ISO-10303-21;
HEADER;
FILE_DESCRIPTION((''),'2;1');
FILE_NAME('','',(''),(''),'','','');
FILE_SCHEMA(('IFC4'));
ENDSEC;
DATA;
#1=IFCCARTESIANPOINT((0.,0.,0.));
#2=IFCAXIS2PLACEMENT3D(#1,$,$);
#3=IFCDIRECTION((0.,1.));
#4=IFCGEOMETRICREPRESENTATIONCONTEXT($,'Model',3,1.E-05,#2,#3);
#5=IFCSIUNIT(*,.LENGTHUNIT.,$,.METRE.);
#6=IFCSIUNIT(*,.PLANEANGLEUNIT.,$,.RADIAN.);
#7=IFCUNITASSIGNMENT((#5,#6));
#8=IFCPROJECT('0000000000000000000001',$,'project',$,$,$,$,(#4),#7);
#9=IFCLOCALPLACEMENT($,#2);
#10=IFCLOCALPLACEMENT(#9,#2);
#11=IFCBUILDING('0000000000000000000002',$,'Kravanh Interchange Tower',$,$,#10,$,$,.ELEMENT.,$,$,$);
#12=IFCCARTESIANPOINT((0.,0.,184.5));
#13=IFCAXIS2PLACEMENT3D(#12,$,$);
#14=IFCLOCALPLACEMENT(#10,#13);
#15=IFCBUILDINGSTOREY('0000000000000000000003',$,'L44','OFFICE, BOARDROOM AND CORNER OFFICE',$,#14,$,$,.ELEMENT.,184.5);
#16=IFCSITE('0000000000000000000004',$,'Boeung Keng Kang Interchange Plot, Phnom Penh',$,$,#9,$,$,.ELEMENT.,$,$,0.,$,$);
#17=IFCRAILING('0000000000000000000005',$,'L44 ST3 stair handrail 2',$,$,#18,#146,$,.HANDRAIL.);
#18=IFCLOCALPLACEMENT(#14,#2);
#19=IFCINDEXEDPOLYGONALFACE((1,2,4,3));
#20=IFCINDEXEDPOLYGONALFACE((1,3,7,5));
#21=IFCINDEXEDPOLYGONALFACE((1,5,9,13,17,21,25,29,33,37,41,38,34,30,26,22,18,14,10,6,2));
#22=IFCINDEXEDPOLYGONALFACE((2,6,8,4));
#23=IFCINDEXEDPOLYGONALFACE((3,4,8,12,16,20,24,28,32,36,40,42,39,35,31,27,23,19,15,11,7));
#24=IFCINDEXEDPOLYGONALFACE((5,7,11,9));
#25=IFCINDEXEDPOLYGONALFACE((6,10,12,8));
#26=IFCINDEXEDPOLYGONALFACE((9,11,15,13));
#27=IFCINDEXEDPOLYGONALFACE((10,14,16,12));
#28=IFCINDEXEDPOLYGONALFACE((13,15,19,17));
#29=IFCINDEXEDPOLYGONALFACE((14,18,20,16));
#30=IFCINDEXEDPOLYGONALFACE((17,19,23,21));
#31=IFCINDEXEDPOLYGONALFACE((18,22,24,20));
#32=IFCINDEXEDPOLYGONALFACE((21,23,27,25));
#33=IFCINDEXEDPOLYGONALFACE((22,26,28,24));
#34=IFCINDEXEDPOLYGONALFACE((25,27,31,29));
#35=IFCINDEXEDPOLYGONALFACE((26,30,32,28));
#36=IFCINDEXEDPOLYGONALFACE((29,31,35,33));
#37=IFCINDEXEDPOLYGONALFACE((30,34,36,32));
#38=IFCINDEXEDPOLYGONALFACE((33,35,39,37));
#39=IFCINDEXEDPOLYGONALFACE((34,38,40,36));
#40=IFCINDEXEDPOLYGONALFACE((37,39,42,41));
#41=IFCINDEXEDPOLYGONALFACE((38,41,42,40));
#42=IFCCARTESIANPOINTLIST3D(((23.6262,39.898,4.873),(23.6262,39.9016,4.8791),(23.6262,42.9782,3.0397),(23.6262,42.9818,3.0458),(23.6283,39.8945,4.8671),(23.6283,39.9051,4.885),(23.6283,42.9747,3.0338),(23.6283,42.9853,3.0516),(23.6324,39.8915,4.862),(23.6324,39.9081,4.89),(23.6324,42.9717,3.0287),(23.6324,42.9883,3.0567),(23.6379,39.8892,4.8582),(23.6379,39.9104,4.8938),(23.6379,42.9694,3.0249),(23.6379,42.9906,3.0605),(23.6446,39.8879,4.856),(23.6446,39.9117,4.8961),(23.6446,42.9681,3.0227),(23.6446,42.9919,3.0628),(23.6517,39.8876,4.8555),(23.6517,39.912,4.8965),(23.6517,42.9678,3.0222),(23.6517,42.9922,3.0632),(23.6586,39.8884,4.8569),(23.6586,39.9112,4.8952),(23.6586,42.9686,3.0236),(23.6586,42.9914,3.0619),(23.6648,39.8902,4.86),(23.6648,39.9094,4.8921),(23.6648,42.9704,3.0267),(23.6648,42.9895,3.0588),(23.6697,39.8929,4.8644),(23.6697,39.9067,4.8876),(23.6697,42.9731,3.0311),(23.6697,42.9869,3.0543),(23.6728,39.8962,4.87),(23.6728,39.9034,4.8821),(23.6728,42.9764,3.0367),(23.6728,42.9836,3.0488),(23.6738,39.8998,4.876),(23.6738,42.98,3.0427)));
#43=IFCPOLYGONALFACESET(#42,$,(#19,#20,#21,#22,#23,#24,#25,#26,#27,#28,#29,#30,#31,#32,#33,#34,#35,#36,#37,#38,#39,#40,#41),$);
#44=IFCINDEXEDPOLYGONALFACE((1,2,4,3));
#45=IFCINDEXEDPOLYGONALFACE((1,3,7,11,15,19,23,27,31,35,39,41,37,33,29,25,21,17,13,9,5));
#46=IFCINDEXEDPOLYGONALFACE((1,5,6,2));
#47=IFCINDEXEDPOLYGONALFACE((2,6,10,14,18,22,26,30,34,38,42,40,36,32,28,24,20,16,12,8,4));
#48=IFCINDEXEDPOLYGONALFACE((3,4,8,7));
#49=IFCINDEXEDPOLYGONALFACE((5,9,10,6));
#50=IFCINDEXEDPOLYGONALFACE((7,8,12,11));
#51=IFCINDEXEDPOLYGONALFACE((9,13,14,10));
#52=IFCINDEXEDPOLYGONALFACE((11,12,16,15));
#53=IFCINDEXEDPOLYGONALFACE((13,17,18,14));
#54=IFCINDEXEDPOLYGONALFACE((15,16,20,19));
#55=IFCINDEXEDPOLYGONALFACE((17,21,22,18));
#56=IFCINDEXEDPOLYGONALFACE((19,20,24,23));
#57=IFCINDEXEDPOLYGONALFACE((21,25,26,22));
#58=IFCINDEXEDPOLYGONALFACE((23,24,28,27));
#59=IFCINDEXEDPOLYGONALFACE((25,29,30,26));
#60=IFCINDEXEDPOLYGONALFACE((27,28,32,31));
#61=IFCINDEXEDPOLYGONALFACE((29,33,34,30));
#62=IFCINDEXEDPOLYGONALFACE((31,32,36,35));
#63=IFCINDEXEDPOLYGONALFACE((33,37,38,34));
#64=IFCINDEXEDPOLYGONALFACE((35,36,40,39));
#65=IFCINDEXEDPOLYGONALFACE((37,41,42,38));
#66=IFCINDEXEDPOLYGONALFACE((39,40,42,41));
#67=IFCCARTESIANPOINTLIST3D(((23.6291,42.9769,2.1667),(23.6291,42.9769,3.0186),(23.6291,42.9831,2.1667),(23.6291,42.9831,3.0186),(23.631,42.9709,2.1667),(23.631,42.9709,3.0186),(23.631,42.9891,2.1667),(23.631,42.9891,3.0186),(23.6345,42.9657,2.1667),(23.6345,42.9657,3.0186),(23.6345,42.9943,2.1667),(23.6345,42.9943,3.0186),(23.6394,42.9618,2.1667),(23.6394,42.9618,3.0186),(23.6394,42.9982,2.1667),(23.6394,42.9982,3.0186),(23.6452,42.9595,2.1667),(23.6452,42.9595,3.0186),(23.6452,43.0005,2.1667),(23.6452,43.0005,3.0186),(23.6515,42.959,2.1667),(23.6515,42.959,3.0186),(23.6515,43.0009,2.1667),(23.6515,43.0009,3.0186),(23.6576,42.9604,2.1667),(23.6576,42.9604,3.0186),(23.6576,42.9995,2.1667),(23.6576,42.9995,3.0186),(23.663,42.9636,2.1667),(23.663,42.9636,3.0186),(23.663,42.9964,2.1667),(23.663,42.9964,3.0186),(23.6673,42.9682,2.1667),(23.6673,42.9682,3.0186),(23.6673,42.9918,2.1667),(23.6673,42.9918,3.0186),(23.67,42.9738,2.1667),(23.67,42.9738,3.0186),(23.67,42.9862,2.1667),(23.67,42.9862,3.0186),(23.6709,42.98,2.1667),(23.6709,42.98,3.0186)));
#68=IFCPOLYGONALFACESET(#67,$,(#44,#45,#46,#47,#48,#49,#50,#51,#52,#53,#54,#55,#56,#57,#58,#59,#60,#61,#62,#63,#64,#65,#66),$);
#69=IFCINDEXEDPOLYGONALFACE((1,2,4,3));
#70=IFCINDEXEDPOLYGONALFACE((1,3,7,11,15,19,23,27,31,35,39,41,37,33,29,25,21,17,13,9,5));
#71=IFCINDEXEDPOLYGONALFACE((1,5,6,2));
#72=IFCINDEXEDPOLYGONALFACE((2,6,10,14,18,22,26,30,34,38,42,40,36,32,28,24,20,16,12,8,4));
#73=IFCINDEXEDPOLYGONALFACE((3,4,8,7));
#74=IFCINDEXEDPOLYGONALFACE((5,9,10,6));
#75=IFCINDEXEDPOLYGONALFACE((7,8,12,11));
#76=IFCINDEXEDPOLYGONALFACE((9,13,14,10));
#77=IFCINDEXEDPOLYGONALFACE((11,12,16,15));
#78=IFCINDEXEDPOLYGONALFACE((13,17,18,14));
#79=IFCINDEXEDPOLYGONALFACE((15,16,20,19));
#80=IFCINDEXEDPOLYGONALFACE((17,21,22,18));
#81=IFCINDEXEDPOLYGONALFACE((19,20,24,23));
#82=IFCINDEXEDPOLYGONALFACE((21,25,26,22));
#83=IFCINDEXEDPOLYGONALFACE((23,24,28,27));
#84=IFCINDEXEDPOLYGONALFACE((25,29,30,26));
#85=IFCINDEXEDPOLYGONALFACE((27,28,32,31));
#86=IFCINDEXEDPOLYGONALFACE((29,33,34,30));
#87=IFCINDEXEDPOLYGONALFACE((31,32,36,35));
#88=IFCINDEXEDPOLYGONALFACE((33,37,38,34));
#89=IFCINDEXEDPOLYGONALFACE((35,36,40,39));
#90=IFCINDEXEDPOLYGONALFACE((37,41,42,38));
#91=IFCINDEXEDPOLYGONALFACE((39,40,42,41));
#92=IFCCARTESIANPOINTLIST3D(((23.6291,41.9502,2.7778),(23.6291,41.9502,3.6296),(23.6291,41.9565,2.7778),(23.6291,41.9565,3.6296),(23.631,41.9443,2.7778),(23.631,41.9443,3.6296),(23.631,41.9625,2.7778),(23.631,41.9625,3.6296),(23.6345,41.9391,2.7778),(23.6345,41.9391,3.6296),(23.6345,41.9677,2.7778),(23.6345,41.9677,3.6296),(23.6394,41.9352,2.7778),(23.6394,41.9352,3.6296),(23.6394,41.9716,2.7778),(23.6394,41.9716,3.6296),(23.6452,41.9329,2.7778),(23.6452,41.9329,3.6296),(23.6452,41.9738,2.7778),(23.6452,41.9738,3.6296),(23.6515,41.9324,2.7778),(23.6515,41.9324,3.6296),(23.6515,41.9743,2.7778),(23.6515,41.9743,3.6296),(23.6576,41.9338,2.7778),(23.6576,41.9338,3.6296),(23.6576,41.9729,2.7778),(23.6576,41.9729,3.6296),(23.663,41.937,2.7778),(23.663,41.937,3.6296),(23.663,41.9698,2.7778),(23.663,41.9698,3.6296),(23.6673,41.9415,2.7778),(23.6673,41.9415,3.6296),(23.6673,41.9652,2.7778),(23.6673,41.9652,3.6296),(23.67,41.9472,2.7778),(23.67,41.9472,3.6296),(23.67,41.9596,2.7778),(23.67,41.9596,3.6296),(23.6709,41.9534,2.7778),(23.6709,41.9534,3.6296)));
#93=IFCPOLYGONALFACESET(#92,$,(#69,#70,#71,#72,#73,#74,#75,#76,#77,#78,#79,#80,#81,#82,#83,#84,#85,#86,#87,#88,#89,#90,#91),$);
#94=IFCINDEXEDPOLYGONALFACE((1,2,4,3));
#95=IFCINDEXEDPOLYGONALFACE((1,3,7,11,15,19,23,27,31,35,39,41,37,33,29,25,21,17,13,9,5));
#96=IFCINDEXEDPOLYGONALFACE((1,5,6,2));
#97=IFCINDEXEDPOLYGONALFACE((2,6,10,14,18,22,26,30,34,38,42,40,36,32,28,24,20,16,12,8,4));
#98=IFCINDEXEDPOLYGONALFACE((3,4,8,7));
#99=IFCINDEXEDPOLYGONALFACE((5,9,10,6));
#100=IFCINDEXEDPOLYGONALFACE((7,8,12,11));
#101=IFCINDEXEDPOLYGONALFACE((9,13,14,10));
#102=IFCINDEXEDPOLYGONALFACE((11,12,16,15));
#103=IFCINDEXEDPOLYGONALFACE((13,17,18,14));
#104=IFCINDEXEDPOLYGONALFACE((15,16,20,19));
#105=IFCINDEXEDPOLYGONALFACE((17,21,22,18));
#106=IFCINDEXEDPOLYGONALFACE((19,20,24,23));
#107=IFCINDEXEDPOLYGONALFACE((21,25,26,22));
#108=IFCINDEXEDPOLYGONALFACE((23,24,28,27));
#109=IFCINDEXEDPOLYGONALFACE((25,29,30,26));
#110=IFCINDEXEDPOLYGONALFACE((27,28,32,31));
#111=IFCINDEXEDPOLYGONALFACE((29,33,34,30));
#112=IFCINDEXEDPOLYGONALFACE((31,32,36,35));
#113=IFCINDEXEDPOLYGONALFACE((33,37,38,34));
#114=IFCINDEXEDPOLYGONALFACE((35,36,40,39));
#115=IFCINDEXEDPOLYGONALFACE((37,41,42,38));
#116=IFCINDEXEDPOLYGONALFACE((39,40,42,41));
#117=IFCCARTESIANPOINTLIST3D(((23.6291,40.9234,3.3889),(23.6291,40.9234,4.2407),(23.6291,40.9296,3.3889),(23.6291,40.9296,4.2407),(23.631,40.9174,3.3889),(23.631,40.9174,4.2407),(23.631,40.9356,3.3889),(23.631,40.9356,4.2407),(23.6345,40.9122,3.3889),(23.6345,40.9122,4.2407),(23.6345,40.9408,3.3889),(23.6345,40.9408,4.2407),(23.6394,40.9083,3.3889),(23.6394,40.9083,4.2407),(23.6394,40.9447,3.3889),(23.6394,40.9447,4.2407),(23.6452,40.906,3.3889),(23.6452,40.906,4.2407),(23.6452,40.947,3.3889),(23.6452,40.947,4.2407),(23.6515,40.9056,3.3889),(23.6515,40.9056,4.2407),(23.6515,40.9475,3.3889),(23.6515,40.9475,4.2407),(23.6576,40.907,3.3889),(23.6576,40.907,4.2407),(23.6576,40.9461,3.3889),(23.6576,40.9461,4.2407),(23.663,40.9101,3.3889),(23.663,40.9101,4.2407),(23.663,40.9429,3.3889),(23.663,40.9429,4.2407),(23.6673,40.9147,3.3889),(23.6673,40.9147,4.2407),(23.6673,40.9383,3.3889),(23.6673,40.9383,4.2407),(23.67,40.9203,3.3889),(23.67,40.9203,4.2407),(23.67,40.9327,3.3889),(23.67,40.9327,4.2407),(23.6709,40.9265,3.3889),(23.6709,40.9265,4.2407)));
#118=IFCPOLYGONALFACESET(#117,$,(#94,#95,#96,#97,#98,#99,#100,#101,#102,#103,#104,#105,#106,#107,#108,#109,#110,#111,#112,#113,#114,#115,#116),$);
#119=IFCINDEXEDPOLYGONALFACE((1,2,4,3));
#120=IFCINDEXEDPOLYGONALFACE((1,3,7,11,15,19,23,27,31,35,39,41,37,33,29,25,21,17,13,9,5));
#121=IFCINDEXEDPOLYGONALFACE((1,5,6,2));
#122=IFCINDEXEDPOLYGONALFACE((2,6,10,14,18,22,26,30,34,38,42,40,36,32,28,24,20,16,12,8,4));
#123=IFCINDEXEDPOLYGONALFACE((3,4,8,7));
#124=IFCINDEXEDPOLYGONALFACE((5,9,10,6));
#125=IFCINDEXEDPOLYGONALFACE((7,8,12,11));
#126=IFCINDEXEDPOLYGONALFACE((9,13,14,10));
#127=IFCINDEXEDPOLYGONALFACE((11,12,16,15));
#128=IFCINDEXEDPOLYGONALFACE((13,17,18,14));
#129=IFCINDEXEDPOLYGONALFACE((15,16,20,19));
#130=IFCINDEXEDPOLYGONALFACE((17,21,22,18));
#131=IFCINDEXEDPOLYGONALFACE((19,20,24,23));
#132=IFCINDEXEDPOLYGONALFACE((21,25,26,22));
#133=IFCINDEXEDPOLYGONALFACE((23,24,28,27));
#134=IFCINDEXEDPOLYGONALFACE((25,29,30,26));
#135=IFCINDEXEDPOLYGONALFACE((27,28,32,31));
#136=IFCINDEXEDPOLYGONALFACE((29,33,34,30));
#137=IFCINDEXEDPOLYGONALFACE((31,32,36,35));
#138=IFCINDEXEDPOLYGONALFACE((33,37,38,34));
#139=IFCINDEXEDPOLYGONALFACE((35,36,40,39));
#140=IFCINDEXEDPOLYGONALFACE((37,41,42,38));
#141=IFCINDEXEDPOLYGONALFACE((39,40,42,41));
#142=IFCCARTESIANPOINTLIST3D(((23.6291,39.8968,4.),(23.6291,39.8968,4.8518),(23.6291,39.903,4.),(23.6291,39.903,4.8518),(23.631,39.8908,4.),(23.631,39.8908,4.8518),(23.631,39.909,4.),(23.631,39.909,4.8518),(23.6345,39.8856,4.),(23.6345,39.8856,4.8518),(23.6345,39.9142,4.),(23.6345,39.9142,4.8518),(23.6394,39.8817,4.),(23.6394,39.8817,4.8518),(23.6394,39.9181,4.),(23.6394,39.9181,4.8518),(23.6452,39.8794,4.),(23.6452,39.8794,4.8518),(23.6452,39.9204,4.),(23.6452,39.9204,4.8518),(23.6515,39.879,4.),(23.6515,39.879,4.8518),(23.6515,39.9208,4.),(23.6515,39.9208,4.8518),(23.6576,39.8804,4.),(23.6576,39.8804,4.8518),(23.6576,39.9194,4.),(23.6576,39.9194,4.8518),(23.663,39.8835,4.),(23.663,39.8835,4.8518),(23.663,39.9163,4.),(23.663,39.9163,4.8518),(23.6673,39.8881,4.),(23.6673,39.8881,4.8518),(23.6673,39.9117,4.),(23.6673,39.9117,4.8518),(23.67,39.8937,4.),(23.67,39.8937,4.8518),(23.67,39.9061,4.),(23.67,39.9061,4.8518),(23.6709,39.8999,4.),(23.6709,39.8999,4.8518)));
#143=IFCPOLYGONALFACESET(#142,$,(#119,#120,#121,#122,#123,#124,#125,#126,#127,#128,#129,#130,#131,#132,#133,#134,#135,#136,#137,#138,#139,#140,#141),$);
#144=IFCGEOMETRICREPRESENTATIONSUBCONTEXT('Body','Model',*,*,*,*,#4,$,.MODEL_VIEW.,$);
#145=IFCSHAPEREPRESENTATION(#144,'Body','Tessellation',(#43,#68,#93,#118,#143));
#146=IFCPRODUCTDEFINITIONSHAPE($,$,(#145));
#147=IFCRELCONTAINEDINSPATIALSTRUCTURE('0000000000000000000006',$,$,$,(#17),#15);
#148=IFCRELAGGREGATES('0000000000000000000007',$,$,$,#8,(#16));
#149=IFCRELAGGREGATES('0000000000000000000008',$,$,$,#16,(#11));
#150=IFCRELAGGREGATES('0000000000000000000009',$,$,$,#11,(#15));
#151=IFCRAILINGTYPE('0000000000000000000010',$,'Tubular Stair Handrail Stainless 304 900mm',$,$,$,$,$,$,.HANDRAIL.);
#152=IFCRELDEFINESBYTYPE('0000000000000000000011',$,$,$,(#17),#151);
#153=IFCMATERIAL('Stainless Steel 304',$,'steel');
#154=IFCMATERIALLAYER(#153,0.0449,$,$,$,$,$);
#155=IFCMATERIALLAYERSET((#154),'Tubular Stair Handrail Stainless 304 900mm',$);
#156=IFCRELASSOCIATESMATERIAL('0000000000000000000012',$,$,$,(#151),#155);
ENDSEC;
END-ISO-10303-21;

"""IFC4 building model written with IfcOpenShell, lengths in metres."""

from ifc_helpers import new_model, si_unit, direction, frame, origin, origin_2d, place, context, subcontext, project, spatial, circle, extrude, material, layer, layer_set, type_object, element, save


model = new_model("IFC4")

# Units and contexts
model_context = context("Model", 3, precision=1e-05, world=origin(), true_north=direction((0.0, 1.0)))
body_context = subcontext(model_context, "Body", "Model", "MODEL_VIEW")
ifc_project = project(units=[si_unit("LENGTHUNIT", "METRE"), si_unit("PLANEANGLEUNIT", "RADIAN")], contexts=[model_context])

# Site, building, storey
site_placement = place(None, origin())
site = spatial("IfcSite", under=ifc_project, at=site_placement, Name="Boeung Keng Kang Interchange Plot, Phnom Penh", CompositionType="ELEMENT", RefElevation=0.0)
building_placement = place(site_placement, origin())
building = spatial("IfcBuilding", under=site, at=building_placement, Name="Kravanh Interchange Tower", CompositionType="ELEMENT")
storey_placement = place(building_placement, frame((0.0, 0.0, 184.5)))
storey = spatial("IfcBuildingStorey", under=building, at=storey_placement, Name="L44", Description="OFFICE, BOARDROOM AND CORNER OFFICE", CompositionType="ELEMENT", Elevation=184.5)

# Railing
ifc_material_1 = material(Name="Stainless Steel 304", Category="steel")
ifc_layer_1 = layer(ifc_material_1, 0.0449)
ifc_layer_set_1 = layer_set([ifc_layer_1], Name="Tubular Stair Handrail Stainless 304 900mm")
railing_type_1 = type_object("IfcRailingType", Name="Tubular Stair Handrail Stainless 304 900mm", PredefinedType="HANDRAIL", material=ifc_layer_set_1)
railing_1_placement = place(storey_placement, frame((23.6499, 42.98, 2.1667)))
element("IfcRailing", 1, at=railing_1_placement, inside=storey, type_object=railing_type_1, Name="L44 ST3 stair handrail 2", PredefinedType="HANDRAIL", context=body_context, shape_type="SweptSolid", body=[
    extrude(circle(Radius=0.0239, at=origin_2d()), frame((0.0, 0.0, 0.876), z_axis=(0.0, -0.859309, 0.511458), x_axis=(1.0, 0.0, 0.0)), (0.0, 0.0, 1.0), 3.5845),
    extrude(circle(Radius=0.021, at=origin_2d()), origin(), (0.0, 0.0, 1.0), 0.8518),
    extrude(circle(Radius=0.021, at=origin_2d()), frame((0.0, -1.0266, 0.6111)), (0.0, 0.0, 1.0), 0.8518),
    extrude(circle(Radius=0.021, at=origin_2d()), frame((0.0, -2.0535, 1.2222)), (0.0, 0.0, 1.0), 0.8518),
    extrude(circle(Radius=0.021, at=origin_2d()), frame((0.0, -3.0801, 1.8333)), (0.0, 0.0, 1.0), 0.8518),
])

save(model, "model.ifc")
